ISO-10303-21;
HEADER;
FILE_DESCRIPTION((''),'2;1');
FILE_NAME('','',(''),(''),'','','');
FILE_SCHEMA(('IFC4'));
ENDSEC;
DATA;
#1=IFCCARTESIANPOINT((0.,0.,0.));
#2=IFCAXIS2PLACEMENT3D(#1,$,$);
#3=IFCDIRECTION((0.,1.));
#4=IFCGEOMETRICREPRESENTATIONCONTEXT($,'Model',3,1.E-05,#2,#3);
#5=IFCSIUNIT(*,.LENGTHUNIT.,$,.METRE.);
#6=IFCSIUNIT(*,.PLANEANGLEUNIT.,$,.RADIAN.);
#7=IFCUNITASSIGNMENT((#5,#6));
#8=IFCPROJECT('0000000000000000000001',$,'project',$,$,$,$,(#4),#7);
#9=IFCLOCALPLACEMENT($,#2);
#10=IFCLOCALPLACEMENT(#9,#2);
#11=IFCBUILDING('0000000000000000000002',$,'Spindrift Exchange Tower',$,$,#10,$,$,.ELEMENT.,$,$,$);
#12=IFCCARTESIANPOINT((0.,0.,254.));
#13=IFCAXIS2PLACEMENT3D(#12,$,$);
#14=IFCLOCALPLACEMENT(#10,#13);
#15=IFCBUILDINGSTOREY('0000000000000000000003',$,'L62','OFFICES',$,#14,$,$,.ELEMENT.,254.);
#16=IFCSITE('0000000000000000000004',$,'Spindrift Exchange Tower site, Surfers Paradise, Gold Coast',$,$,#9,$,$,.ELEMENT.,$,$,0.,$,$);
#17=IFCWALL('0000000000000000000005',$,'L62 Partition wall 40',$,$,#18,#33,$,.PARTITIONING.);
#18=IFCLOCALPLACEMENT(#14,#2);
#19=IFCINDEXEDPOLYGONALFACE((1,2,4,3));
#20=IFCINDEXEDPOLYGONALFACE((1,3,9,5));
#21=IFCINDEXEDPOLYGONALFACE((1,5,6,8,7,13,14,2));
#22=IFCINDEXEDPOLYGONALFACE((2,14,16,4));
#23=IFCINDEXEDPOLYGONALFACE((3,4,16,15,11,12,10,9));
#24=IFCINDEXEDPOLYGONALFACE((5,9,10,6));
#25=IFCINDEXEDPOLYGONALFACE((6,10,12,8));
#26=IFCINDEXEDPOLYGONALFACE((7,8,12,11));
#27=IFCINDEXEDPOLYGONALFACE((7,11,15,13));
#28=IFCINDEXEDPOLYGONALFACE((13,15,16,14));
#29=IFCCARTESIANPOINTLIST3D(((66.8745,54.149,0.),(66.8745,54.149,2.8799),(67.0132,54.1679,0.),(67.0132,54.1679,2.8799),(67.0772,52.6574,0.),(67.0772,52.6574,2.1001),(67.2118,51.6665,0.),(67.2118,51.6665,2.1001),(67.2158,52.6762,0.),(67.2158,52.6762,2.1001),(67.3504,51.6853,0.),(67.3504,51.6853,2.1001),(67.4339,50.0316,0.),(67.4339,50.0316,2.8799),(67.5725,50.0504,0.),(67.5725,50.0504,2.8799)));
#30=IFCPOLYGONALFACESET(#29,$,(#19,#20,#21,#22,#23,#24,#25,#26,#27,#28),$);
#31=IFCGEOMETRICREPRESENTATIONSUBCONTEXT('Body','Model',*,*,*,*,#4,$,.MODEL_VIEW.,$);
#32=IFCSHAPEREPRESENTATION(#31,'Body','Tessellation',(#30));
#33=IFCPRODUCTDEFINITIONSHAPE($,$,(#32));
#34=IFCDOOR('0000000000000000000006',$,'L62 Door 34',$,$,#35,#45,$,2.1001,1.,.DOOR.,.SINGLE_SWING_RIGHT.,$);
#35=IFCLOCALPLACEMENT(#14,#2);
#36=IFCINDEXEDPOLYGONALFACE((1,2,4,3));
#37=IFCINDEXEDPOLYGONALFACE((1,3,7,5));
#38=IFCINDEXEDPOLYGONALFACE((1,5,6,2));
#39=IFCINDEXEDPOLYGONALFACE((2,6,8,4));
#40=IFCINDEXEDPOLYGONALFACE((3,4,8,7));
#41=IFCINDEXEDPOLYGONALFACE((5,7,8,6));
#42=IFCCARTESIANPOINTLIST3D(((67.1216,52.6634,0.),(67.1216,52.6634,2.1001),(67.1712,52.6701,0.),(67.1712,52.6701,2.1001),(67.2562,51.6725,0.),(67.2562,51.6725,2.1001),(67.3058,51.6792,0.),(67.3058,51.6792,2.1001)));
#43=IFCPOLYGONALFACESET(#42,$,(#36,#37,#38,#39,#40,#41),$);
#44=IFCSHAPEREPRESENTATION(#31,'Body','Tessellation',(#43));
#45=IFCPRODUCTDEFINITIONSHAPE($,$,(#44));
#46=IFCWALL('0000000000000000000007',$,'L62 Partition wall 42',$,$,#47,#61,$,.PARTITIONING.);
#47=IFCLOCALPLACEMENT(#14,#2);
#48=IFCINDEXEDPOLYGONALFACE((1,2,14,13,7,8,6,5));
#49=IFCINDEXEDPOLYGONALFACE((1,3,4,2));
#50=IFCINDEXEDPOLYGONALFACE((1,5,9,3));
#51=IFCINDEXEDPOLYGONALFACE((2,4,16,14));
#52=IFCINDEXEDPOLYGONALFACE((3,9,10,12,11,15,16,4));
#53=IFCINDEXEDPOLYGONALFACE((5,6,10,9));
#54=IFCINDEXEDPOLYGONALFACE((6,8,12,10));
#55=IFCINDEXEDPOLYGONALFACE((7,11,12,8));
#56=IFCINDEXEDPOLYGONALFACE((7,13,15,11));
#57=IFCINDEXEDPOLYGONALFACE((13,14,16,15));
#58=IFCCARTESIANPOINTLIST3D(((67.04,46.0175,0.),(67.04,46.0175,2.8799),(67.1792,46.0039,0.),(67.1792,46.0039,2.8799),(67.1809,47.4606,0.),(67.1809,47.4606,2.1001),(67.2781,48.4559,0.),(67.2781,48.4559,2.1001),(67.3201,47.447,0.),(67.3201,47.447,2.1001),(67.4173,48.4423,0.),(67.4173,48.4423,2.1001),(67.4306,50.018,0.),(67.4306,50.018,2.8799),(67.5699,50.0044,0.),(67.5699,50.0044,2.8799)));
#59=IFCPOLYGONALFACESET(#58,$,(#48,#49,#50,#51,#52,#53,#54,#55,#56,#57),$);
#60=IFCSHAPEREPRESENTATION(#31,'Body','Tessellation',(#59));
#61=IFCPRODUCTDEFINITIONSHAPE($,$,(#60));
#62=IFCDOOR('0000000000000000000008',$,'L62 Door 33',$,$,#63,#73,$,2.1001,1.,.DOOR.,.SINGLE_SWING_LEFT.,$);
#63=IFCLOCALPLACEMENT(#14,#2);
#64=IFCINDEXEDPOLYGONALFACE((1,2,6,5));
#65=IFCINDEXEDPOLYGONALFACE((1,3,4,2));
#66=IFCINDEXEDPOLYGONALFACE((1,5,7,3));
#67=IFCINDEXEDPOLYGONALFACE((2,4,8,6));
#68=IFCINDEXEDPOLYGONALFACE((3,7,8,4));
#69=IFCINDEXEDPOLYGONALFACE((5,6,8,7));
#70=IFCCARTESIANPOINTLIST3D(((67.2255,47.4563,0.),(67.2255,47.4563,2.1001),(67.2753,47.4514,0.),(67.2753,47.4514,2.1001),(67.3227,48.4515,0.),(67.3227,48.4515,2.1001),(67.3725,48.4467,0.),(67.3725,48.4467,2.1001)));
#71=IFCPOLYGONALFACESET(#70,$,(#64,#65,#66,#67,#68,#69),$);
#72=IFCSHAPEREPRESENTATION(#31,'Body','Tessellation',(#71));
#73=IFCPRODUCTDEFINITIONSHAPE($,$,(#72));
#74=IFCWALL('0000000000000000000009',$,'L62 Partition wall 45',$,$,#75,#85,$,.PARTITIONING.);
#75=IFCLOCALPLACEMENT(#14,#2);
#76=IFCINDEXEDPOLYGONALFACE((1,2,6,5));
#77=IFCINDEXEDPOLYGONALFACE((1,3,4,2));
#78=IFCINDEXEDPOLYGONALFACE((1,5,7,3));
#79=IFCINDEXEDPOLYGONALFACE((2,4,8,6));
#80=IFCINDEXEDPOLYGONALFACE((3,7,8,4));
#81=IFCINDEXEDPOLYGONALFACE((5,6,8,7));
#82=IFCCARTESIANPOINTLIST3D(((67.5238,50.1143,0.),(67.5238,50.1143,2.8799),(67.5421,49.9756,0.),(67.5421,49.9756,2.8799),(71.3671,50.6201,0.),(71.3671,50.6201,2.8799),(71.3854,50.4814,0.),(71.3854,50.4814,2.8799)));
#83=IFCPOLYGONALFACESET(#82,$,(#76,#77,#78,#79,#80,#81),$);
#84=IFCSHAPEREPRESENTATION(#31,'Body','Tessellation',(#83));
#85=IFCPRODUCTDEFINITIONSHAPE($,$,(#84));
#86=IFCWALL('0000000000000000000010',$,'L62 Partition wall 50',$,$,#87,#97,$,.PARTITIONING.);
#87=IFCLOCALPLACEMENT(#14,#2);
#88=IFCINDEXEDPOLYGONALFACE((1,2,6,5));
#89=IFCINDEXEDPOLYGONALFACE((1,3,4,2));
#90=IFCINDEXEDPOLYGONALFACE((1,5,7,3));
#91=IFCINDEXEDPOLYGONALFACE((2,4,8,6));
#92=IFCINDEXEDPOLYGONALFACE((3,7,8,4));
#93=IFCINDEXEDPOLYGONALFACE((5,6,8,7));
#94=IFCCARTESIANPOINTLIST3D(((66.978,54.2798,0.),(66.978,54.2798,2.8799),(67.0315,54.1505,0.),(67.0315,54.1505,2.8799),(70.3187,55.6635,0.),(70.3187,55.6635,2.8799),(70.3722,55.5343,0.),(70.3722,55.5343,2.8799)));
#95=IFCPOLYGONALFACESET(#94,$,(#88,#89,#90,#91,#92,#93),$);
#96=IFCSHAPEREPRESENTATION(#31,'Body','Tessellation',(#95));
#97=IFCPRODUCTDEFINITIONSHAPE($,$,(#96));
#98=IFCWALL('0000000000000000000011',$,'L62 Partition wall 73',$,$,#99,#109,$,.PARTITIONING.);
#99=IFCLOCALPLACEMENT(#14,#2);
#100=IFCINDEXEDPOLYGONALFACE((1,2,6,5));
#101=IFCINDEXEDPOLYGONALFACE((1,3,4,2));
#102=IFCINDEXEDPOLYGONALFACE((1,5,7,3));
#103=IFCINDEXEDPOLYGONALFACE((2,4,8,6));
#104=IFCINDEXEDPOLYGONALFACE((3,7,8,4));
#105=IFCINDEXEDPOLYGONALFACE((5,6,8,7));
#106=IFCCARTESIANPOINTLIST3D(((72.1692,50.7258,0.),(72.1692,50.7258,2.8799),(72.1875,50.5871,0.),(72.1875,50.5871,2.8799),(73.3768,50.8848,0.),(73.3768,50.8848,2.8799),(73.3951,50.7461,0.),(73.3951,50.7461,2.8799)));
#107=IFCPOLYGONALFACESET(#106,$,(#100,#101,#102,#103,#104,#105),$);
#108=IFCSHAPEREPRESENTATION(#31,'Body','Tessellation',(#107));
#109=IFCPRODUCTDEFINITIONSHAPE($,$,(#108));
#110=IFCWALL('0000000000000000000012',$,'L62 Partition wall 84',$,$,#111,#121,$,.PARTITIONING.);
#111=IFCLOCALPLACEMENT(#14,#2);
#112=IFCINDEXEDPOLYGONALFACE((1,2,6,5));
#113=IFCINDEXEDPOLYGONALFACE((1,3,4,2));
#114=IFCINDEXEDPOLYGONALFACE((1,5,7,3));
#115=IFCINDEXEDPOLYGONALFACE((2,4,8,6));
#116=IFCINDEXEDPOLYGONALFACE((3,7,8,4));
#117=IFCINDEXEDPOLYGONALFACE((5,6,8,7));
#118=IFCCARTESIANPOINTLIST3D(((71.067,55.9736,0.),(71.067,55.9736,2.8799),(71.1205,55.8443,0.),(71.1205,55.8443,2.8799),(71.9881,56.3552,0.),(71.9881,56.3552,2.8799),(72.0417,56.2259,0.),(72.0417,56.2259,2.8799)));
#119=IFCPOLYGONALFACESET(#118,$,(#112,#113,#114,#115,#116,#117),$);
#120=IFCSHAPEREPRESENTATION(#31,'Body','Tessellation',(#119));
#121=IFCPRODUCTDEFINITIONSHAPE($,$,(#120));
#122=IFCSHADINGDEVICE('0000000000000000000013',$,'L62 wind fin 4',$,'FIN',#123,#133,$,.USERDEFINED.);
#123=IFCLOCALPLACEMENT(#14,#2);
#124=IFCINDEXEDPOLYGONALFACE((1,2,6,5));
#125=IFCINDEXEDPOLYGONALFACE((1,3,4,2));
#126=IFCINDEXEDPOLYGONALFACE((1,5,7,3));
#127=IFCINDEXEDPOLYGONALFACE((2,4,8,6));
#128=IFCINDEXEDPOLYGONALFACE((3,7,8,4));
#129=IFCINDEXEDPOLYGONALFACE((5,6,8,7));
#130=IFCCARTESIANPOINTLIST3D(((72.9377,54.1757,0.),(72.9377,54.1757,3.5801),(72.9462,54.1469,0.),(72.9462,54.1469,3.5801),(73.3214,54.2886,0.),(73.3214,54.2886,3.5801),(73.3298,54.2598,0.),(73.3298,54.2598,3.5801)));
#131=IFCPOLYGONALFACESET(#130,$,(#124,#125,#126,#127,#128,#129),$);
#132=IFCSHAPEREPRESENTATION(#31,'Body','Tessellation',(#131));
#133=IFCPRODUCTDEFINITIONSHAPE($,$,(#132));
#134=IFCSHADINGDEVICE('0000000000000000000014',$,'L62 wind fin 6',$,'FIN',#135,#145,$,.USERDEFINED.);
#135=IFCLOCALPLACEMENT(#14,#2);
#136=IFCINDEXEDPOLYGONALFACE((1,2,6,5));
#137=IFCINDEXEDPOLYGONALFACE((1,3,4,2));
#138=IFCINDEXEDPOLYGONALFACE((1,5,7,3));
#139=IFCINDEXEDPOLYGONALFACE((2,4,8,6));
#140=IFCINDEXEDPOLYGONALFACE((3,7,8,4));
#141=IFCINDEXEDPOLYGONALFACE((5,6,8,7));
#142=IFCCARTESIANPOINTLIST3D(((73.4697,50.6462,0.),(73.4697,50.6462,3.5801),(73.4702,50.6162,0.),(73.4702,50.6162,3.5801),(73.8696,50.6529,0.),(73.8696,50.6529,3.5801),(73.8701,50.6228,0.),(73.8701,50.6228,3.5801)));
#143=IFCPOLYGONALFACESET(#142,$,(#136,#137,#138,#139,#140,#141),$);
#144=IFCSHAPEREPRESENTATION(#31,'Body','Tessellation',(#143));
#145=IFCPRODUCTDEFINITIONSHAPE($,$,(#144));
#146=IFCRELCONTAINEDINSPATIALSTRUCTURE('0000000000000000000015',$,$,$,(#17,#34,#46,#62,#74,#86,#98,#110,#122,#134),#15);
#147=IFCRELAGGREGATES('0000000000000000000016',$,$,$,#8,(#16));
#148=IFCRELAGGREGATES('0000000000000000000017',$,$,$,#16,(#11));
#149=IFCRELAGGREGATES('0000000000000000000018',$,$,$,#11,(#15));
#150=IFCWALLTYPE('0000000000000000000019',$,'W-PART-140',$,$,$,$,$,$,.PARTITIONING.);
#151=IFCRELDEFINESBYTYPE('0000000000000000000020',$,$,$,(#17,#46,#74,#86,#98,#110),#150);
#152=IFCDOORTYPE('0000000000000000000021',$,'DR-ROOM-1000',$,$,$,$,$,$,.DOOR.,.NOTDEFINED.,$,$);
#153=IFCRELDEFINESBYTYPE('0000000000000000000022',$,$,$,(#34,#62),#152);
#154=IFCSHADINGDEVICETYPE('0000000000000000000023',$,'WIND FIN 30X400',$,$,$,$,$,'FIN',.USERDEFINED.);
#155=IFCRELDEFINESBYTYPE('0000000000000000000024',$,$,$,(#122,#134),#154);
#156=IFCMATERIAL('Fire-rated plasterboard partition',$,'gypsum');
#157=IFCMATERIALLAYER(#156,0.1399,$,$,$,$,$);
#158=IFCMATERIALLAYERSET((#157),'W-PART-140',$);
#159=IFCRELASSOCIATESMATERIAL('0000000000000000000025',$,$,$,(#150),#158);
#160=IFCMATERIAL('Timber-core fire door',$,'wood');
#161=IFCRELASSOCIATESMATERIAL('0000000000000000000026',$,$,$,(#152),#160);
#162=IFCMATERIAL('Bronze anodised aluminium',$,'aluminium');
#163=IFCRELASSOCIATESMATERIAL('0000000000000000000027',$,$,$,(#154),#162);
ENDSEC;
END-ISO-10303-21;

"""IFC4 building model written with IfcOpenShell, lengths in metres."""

from ifc_helpers import new_model, si_unit, direction, frame, frame_2d, origin, origin_2d, place, context, subcontext, project, spatial, rectangle, extrude, source, transform, mapped, material, layer, layer_set, material_profile, profile_set, type_object, element, fill, save


model = new_model("IFC4")

# Units and contexts
model_context = context("Model", 3, precision=1e-05, world=origin(), true_north=direction((0.0, 1.0)))
body_context = subcontext(model_context, "Body", "Model", "MODEL_VIEW")
ifc_project = project(units=[si_unit("LENGTHUNIT", "METRE"), si_unit("PLANEANGLEUNIT", "RADIAN")], contexts=[model_context])

# Site, building, storey
site_placement = place(None, origin())
site = spatial("IfcSite", under=ifc_project, at=site_placement, Name="Spindrift Exchange Tower site, Surfers Paradise, Gold Coast", CompositionType="ELEMENT", RefElevation=0.0)
building_placement = place(site_placement, origin())
building = spatial("IfcBuilding", under=site, at=building_placement, Name="Spindrift Exchange Tower", CompositionType="ELEMENT")
storey_placement = place(building_placement, frame((0.0, 0.0, 254.0)))
storey = spatial("IfcBuildingStorey", under=building, at=storey_placement, Name="L62", Description="OFFICES", CompositionType="ELEMENT", Elevation=254.0)

# Shared definitions
ifc_material_1 = material(Name="Bronze anodised aluminium", Category="aluminium")

# Walls, openings, doors
ifc_material_2 = material(Name="Fire-rated plasterboard partition", Category="gypsum")
ifc_layer_1 = layer(ifc_material_2, 0.1399)
ifc_layer_set_1 = layer_set([ifc_layer_1], Name="W-PART-140")
wall_type = type_object("IfcWallType", Name="W-PART-140", PredefinedType="PARTITIONING", material=ifc_layer_set_1)
wall_1_placement = place(storey_placement, frame((66.9438, 54.1584, 0.0), z_axis=(0.0, 0.0, 1.0), x_axis=(0.134607, -0.990899, 0.0)))
wall_1 = element("IfcWall", 1, at=wall_1_placement, inside=storey, type_object=wall_type, Name="L62 Partition wall 40", PredefinedType="PARTITIONING", context=body_context, shape_type="SweptSolid", body=[
    extrude(rectangle(XDim=4.1553, YDim=0.1399, at=frame_2d((2.0776, 0.0))), origin(), (0.0, 0.0, 1.0), 2.8799),
])
opening_1_placement = place(wall_1_placement, frame((1.5054, 0.0, 0.0)))
opening_1 = element("IfcOpeningElement", 2, at=opening_1_placement, cuts=wall_1, PredefinedType="OPENING", context=body_context, shape_type="SweptSolid", body=[
    extrude(rectangle(XDim=1.0, YDim=2.1001, at=frame_2d((0.5, 1.05))), frame((0.0, 0.0798, 0.0), z_axis=(0.0, -1.0, 0.0), x_axis=(1.0, 0.0, 0.0)), (0.0, 0.0, 1.0), 0.1599),
])
ifc_material_3 = material(Name="Timber-core fire door", Category="wood")
door_type = type_object("IfcDoorType", Name="DR-ROOM-1000", OperationType="NOTDEFINED", PredefinedType="DOOR", material=ifc_material_3)
shared_shape_1 = source(origin(), body_context, "Body", "SweptSolid", [
    extrude(rectangle(XDim=1.0, YDim=2.1001, at=frame_2d((0.5, 1.05))), frame((0.0, 0.0249, 0.0), z_axis=(0.0, -1.0, 0.0), x_axis=(1.0, 0.0, 0.0)), (0.0, 0.0, 1.0), 0.05),
])
door_1_placement = place(opening_1_placement, origin())
door_1 = element("IfcDoor", 3, at=door_1_placement, inside=storey, type_object=door_type, Name="L62 Door 34", OperationType="SINGLE_SWING_RIGHT", OverallHeight=2.1001, OverallWidth=1.0, PredefinedType="DOOR", context=body_context, shape_type="MappedRepresentation", body=[
    mapped(shared_shape_1, transform((0.0, 0.0, 0.0), scale=1.0)),
])
fill(opening_1, door_1)
wall_2_placement = place(storey_placement, frame((67.5002, 50.0112, 0.0), z_axis=(0.0, 0.0, 1.0), x_axis=(-0.097182, -0.995267, 0.0)))
wall_2 = element("IfcWall", 4, at=wall_2_placement, inside=storey, type_object=wall_type, Name="L62 Partition wall 42", PredefinedType="PARTITIONING", context=body_context, shape_type="SweptSolid", body=[
    extrude(rectangle(XDim=4.0195, YDim=0.1399, at=frame_2d((2.0098, 0.0))), origin(), (0.0, 0.0, 1.0), 2.8799),
])
opening_2_placement = place(wall_2_placement, frame((1.5696, 0.0, 0.0)))
opening_2 = element("IfcOpeningElement", 5, at=opening_2_placement, cuts=wall_2, PredefinedType="OPENING", context=body_context, shape_type="SweptSolid", body=[
    extrude(rectangle(XDim=1.0, YDim=2.1001, at=frame_2d((0.5, 1.05))), frame((0.0, 0.0798, 0.0), z_axis=(0.0, -1.0, 0.0), x_axis=(1.0, 0.0, 0.0)), (0.0, 0.0, 1.0), 0.1599),
])
door_2_placement = place(opening_2_placement, origin())
door_2 = element("IfcDoor", 6, at=door_2_placement, inside=storey, type_object=door_type, Name="L62 Door 33", OperationType="SINGLE_SWING_LEFT", OverallHeight=2.1001, OverallWidth=1.0, PredefinedType="DOOR", context=body_context, shape_type="MappedRepresentation", body=[
    mapped(shared_shape_1, transform((0.0, 0.0, 0.0), scale=1.0)),
])
fill(opening_2, door_2)

# Walls
wall_3_placement = place(storey_placement, frame((67.533, 50.0449, 0.0), z_axis=(0.0, 0.0, 1.0), x_axis=(0.991449, 0.130497, 0.0)))
element("IfcWall", 7, at=wall_3_placement, inside=storey, type_object=wall_type, Name="L62 Partition wall 45", PredefinedType="PARTITIONING", context=body_context, shape_type="SweptSolid", body=[
    extrude(rectangle(XDim=3.8765, YDim=0.1399, at=frame_2d((1.9382, 0.0))), origin(), (0.0, 0.0, 1.0), 2.8799),
])
wall_4_placement = place(storey_placement, frame((67.0046, 54.2151, 0.0), z_axis=(0.0, 0.0, 1.0), x_axis=(0.923882, 0.382678, 0.0)))
element("IfcWall", 8, at=wall_4_placement, inside=storey, type_object=wall_type, Name="L62 Partition wall 50", PredefinedType="PARTITIONING", context=body_context, shape_type="SweptSolid", body=[
    extrude(rectangle(XDim=3.616, YDim=0.1399, at=frame_2d((1.8081, 0.0))), origin(), (0.0, 0.0, 1.0), 2.8799),
])
wall_5_placement = place(storey_placement, frame((72.1785, 50.6565, 0.0), z_axis=(0.0, 0.0, 1.0), x_axis=(0.991449, 0.130496, 0.0)))
element("IfcWall", 9, at=wall_5_placement, inside=storey, type_object=wall_type, Name="L62 Partition wall 73", PredefinedType="PARTITIONING", context=body_context, shape_type="SweptSolid", body=[
    extrude(rectangle(XDim=1.218, YDim=0.1399, at=frame_2d((0.6089, 0.0))), origin(), (0.0, 0.0, 1.0), 2.8799),
])
wall_6_placement = place(storey_placement, frame((71.0938, 55.9089, 0.0), z_axis=(0.0, 0.0, 1.0), x_axis=(0.923865, 0.382719, 0.0)))
element("IfcWall", 10, at=wall_6_placement, inside=storey, type_object=wall_type, Name="L62 Partition wall 84", PredefinedType="PARTITIONING", context=body_context, shape_type="SweptSolid", body=[
    extrude(rectangle(XDim=0.9971, YDim=0.1399, at=frame_2d((0.4985, 0.0))), origin(), (0.0, 0.0, 1.0), 2.8799),
])

# Shading devices
ifc_material_profile_1 = material_profile(ifc_material_1, rectangle(XDim=0.03, YDim=0.3999, at=origin_2d()), Name="WIND FIN 30X400")
ifc_profile_set_1 = profile_set([ifc_material_profile_1], Name="Bronze anodised aluminium")
shading_device_type = type_object("IfcShadingDeviceType", Name="WIND FIN 30X400", ElementType="FIN", PredefinedType="USERDEFINED", material=ifc_profile_set_1)
shared_shape_2 = source(origin(), body_context, "Body", "SweptSolid", [
    extrude(rectangle(XDim=0.03, YDim=0.3999, at=origin_2d()), origin(), (0.0, 0.0, 1.0), 3.5801),
])
for number, where, z_axis, x_axis, name in (
    (11, (73.1338, 54.2178, 0.0), (0.0, 0.0, 1.0), (-0.282238, 0.959345, 0.0), "L62 wind fin 4"),
    (12, (73.6699, 50.6345, 0.0), (0.0, 0.0, 1.0), (-0.01661, 0.999862, 0.0), "L62 wind fin 6"),
):
    element("IfcShadingDevice", number, at=place(storey_placement, frame(where, z_axis=z_axis, x_axis=x_axis)), inside=storey, type_object=shading_device_type, Name=name, ObjectType="FIN", PredefinedType="USERDEFINED", context=body_context, shape_type="MappedRepresentation", body=[
        mapped(shared_shape_2, transform((0.0, 0.0, 0.0), scale=1.0)),
    ])

save(model, "model.ifc")
